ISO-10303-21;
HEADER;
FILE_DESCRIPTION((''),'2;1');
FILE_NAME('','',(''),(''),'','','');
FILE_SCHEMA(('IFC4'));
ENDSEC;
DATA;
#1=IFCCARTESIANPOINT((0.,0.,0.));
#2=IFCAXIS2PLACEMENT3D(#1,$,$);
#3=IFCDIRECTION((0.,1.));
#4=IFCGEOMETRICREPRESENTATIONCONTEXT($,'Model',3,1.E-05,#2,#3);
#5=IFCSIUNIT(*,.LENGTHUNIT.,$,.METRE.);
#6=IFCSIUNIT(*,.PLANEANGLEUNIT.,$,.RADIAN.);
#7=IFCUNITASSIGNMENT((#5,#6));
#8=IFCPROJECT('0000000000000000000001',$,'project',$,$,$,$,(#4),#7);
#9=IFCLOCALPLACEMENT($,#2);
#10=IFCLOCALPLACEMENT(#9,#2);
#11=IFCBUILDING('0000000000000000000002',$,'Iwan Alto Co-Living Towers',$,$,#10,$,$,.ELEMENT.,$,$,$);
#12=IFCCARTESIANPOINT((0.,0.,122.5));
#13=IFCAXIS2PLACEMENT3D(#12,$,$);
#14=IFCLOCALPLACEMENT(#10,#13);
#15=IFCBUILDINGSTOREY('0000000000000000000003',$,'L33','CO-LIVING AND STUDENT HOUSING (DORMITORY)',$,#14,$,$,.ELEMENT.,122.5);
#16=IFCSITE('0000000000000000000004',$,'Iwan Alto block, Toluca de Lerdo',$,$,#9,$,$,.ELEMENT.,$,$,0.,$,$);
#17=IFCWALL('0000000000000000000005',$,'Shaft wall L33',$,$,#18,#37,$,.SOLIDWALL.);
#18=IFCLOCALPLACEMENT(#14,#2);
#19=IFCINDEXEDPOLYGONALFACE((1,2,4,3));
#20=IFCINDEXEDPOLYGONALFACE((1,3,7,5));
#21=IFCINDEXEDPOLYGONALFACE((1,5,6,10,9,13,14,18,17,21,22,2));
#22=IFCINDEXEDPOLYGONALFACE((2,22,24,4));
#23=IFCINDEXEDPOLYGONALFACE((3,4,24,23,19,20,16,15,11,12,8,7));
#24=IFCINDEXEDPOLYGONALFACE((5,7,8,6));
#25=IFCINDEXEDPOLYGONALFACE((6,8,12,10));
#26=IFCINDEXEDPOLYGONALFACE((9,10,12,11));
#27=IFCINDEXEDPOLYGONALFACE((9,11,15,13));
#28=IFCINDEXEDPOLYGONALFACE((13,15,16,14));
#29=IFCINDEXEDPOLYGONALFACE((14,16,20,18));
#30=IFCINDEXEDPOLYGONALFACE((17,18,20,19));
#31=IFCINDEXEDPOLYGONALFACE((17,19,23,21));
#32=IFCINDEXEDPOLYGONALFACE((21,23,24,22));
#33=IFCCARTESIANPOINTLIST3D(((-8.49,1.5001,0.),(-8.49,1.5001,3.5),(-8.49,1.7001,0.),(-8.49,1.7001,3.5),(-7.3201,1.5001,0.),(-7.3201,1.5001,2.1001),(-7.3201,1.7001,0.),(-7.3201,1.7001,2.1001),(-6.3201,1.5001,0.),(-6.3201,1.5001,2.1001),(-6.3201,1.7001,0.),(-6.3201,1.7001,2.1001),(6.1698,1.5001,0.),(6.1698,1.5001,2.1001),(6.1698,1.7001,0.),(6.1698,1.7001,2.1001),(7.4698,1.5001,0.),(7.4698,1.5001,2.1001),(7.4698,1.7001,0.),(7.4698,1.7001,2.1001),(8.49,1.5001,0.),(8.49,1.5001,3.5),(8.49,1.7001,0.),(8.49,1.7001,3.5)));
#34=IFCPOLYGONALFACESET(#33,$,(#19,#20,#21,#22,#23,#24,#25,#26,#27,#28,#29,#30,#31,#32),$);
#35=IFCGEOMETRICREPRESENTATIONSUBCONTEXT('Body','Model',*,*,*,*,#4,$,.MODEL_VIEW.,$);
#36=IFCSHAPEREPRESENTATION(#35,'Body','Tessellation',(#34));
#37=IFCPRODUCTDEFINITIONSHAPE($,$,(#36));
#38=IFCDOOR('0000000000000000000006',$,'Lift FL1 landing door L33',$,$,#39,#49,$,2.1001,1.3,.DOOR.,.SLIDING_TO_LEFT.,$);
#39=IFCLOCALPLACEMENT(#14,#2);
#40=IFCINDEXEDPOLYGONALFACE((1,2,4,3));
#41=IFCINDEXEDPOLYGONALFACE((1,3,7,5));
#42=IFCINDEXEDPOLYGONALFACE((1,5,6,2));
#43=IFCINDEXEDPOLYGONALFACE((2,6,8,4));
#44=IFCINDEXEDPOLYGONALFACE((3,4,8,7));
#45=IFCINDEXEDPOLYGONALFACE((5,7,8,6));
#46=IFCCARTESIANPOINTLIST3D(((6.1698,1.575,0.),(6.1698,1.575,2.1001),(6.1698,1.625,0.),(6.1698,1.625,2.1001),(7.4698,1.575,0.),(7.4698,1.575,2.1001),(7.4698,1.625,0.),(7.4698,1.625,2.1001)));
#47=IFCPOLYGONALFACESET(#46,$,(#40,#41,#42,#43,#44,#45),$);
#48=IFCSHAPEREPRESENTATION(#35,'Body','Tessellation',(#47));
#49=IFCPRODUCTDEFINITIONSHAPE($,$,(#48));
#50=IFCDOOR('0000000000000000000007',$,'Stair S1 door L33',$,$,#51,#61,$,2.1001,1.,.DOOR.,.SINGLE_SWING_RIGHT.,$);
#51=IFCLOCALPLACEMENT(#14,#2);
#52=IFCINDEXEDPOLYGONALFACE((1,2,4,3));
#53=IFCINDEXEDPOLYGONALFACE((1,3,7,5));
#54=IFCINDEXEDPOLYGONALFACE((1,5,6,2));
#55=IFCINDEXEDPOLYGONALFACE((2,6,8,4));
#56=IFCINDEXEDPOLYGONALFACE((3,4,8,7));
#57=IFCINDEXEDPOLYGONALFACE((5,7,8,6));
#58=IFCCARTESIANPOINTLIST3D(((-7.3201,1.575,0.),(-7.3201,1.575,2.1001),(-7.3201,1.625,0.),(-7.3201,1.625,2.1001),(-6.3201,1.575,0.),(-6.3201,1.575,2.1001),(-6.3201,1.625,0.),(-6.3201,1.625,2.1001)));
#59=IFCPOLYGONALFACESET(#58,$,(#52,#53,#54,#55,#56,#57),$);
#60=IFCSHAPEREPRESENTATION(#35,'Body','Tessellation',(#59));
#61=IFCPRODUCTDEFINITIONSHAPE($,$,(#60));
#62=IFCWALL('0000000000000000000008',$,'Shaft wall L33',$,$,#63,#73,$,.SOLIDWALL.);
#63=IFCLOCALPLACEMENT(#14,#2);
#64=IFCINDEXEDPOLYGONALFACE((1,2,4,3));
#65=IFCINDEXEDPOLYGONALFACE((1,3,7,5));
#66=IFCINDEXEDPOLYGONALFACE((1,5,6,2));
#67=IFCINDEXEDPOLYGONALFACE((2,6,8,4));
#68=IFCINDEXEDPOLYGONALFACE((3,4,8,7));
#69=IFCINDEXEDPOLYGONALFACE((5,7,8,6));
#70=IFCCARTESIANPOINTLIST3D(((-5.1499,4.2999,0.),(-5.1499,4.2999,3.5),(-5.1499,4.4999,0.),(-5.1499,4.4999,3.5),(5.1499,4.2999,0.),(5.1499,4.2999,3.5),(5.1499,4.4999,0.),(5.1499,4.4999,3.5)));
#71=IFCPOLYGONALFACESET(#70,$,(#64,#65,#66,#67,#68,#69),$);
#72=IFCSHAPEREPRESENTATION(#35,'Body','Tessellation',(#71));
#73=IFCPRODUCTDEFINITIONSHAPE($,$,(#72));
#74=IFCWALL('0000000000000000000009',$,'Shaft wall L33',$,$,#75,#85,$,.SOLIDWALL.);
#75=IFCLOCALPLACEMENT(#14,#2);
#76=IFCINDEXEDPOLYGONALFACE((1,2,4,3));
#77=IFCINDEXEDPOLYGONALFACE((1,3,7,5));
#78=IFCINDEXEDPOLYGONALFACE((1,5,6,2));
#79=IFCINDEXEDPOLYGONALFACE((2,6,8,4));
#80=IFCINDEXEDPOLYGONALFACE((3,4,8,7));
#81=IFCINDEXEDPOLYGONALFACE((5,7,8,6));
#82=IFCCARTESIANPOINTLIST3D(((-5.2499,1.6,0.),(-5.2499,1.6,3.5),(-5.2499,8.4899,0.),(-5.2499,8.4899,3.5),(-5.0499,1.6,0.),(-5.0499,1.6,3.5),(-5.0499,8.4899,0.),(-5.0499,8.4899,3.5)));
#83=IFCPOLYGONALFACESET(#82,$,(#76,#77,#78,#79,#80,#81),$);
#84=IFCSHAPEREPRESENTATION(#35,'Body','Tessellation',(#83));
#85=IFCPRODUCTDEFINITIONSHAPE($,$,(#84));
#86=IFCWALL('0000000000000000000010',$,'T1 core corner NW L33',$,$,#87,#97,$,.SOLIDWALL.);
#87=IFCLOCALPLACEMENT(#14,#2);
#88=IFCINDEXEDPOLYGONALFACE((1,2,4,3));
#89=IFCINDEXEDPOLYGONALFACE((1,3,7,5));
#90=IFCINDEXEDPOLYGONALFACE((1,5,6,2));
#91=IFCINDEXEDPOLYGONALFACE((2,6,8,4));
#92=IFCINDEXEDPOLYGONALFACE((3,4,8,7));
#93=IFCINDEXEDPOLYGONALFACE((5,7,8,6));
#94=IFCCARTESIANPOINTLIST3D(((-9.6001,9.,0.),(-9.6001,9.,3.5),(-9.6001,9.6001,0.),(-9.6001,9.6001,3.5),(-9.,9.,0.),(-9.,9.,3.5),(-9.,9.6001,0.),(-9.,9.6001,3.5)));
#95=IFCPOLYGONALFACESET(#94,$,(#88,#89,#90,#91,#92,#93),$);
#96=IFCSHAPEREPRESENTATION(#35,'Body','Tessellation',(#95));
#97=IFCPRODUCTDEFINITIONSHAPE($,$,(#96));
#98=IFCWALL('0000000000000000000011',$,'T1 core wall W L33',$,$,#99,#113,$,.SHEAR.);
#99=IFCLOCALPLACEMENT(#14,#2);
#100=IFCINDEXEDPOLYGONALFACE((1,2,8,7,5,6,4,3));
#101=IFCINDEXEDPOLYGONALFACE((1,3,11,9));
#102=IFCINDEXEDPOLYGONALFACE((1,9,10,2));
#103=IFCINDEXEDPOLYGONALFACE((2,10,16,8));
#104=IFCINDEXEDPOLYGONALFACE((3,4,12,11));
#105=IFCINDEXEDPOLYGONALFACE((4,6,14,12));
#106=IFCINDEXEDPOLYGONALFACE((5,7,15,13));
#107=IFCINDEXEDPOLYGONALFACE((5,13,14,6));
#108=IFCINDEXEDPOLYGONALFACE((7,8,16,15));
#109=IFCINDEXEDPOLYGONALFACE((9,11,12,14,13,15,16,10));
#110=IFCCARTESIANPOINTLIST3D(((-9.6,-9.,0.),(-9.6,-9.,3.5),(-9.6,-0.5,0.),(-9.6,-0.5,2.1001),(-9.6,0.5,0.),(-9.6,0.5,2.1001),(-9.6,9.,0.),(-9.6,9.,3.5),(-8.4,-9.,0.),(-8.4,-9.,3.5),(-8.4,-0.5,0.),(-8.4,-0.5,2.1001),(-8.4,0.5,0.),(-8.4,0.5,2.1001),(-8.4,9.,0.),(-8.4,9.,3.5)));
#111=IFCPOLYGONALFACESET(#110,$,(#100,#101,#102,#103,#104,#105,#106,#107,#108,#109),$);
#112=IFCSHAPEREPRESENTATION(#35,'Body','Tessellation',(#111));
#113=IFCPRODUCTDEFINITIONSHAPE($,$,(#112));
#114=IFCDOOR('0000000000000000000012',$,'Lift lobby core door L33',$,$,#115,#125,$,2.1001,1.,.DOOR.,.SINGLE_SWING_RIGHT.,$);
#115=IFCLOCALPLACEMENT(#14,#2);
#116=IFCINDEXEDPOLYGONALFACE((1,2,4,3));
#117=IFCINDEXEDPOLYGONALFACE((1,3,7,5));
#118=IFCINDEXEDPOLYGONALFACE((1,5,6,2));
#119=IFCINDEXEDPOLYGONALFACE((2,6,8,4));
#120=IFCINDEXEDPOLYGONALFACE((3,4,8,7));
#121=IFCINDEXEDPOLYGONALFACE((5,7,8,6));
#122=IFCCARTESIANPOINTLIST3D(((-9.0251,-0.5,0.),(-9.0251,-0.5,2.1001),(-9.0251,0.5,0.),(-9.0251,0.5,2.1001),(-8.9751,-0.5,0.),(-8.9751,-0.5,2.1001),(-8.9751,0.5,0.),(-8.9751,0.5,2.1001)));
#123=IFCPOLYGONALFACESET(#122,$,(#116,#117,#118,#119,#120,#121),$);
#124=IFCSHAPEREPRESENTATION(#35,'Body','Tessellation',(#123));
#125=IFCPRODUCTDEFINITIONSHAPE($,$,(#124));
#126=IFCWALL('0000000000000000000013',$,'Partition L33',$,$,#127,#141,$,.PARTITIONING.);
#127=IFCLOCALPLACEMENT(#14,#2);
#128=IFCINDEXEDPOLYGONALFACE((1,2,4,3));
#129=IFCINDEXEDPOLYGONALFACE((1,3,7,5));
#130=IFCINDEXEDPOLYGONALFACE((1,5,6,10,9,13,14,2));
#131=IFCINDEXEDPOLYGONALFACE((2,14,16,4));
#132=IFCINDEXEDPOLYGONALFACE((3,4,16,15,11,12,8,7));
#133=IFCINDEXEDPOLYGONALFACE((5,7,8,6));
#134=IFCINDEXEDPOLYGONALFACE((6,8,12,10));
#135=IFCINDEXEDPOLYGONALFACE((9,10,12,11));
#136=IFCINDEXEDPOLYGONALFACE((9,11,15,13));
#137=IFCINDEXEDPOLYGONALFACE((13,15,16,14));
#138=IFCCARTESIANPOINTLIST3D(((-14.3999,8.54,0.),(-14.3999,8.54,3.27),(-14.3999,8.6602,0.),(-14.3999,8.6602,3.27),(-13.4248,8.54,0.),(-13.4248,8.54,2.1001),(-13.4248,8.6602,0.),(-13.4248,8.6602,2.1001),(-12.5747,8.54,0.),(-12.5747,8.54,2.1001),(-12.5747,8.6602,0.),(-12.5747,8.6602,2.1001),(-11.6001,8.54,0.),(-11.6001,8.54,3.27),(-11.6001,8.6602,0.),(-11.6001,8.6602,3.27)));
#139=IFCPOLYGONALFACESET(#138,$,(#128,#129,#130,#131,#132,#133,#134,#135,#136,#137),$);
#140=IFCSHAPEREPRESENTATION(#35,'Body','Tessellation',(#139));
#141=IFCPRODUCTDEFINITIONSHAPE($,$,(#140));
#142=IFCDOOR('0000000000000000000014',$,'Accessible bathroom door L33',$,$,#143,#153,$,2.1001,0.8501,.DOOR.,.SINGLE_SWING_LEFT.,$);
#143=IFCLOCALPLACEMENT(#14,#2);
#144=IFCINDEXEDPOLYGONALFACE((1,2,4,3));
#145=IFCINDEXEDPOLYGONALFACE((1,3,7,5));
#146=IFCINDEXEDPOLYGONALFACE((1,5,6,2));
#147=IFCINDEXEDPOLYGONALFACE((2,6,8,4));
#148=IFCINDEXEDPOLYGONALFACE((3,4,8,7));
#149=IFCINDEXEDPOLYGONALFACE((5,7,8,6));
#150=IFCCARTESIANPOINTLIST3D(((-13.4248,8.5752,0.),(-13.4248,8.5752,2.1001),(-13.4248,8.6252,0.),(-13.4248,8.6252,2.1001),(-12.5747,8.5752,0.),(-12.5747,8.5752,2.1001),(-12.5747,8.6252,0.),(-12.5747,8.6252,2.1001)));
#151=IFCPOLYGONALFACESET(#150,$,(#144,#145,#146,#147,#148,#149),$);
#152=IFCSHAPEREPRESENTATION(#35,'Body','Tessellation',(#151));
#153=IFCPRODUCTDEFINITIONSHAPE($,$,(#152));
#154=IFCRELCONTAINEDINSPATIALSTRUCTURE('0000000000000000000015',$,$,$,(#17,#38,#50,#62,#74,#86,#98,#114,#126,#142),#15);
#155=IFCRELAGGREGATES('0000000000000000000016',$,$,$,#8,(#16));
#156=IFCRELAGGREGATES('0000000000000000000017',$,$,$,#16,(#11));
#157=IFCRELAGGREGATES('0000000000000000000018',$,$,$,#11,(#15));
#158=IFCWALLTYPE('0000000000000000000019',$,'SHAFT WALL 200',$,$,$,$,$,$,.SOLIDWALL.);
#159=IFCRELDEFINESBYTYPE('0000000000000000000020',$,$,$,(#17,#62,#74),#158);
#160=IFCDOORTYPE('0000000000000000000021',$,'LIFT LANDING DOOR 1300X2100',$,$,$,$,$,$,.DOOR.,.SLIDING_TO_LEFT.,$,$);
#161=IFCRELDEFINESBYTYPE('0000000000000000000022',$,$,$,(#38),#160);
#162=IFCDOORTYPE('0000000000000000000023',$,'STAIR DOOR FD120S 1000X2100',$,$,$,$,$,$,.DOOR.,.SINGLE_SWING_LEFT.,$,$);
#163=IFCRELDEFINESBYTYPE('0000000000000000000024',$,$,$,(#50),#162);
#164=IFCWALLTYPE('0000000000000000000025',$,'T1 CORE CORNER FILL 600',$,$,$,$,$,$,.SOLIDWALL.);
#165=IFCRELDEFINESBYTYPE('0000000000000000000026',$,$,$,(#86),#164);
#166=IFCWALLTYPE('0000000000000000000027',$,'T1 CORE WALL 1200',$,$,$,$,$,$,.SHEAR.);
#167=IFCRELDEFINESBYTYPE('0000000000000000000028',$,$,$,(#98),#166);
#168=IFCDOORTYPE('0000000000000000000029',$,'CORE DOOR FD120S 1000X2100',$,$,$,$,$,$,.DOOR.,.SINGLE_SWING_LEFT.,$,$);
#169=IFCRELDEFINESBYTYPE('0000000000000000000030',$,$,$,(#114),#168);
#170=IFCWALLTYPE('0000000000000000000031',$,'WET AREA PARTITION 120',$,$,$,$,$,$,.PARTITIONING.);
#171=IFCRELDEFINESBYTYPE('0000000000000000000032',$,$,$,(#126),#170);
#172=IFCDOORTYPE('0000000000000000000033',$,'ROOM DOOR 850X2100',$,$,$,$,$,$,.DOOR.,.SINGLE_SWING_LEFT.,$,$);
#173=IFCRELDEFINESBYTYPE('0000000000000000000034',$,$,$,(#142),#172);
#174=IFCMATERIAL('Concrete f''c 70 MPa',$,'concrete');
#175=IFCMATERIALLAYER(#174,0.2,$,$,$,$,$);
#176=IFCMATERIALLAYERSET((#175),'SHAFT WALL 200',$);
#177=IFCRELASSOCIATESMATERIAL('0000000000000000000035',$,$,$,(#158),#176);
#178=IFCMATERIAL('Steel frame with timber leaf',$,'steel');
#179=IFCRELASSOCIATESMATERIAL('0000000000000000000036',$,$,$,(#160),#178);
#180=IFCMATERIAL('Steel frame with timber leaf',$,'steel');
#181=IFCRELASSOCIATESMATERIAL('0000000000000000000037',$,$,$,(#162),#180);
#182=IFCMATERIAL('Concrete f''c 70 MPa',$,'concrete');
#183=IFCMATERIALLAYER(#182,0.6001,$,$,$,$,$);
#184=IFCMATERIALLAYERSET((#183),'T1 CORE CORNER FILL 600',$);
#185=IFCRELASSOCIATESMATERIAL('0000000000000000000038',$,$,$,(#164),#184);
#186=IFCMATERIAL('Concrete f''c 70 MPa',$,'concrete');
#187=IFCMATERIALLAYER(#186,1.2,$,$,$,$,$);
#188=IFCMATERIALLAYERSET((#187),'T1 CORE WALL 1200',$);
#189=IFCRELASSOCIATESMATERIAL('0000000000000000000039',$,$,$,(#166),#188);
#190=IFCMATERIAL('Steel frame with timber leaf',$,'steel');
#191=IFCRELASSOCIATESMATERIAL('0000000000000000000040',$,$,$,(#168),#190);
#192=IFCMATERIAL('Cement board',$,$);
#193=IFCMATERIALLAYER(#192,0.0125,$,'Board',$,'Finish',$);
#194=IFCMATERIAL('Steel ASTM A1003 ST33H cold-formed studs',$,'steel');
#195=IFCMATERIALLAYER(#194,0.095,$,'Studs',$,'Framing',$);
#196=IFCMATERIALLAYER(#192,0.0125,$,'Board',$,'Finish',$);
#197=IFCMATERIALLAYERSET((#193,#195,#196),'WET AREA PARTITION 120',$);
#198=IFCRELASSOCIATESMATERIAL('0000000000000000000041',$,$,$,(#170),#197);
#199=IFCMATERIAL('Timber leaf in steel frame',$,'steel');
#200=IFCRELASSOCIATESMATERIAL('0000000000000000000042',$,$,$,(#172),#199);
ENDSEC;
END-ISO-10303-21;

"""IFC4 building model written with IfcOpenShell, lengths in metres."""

from ifc_helpers import new_model, si_unit, direction, frame, frame_2d, origin, place, context, subcontext, project, spatial, rectangle, extrude, material, layer, layer_set, type_object, element, fill, save


model = new_model("IFC4")

# Units and contexts
model_context = context("Model", 3, precision=1e-05, world=origin(), true_north=direction((0.0, 1.0)))
body_context = subcontext(model_context, "Body", "Model", "MODEL_VIEW")
ifc_project = project(units=[si_unit("LENGTHUNIT", "METRE"), si_unit("PLANEANGLEUNIT", "RADIAN")], contexts=[model_context])

# Site, building, storey
site_placement = place(None, origin())
site = spatial("IfcSite", under=ifc_project, at=site_placement, Name="Iwan Alto block, Toluca de Lerdo", CompositionType="ELEMENT", RefElevation=0.0)
building_placement = place(site_placement, origin())
building = spatial("IfcBuilding", under=site, at=building_placement, Name="Iwan Alto Co-Living Towers", CompositionType="ELEMENT")
storey_placement = place(building_placement, frame((0.0, 0.0, 122.5)))
storey = spatial("IfcBuildingStorey", under=building, at=storey_placement, Name="L33", Description="CO-LIVING AND STUDENT HOUSING (DORMITORY)", CompositionType="ELEMENT", Elevation=122.5)

# Shared definitions
ifc_material_1 = material(Name="Steel ASTM A1003 ST33H cold-formed studs", Category="steel")

# Wall, openings, doors
ifc_material_2 = material(Name="Concrete f'c 70 MPa", Category="concrete")
ifc_layer_1 = layer(ifc_material_2, 0.2)
ifc_layer_set_1 = layer_set([ifc_layer_1], Name="SHAFT WALL 200")
wall_type_1 = type_object("IfcWallType", Name="SHAFT WALL 200", PredefinedType="SOLIDWALL", material=ifc_layer_set_1)
wall_1_placement = place(storey_placement, frame((-8.49, 1.6001, 0.0), z_axis=(0.0, 0.0, 1.0), x_axis=(1.0, 0.0, 0.0)))
wall_1 = element("IfcWall", 1, at=wall_1_placement, inside=storey, type_object=wall_type_1, Name="Shaft wall L33", PredefinedType="SOLIDWALL", context=body_context, shape_type="SweptSolid", body=[
    extrude(rectangle(XDim=16.98, YDim=0.2, at=frame_2d((8.49, 0.0))), origin(), (0.0, 0.0, 1.0), 3.5),
])
opening_1_placement = place(wall_1_placement, frame((1.1699, 0.0, 0.0)))
opening_1 = element("IfcOpeningElement", 2, at=opening_1_placement, cuts=wall_1, PredefinedType="OPENING", context=body_context, shape_type="SweptSolid", body=[
    extrude(rectangle(XDim=1.0, YDim=2.1001, at=frame_2d((0.5, 1.05))), frame((0.0, 0.1099, 0.0), z_axis=(0.0, -1.0, 0.0), x_axis=(1.0, 0.0, 0.0)), (0.0, 0.0, 1.0), 0.22),
])
opening_2_placement = place(wall_1_placement, frame((14.6599, 0.0, 0.0)))
opening_2 = element("IfcOpeningElement", 3, at=opening_2_placement, cuts=wall_1, PredefinedType="OPENING", context=body_context, shape_type="SweptSolid", body=[
    extrude(rectangle(XDim=1.3, YDim=2.1001, at=frame_2d((0.6499, 1.05))), frame((0.0, 0.1099, 0.0), z_axis=(0.0, -1.0, 0.0), x_axis=(1.0, 0.0, 0.0)), (0.0, 0.0, 1.0), 0.22),
])
ifc_material_3 = material(Name="Steel frame with timber leaf", Category="steel")
door_type_1 = type_object("IfcDoorType", Name="LIFT LANDING DOOR 1300X2100", OperationType="SLIDING_TO_LEFT", PredefinedType="DOOR", material=ifc_material_3)
door_1_placement = place(opening_2_placement, origin())
door_1 = element("IfcDoor", 4, at=door_1_placement, inside=storey, type_object=door_type_1, Name="Lift FL1 landing door L33", OperationType="SLIDING_TO_LEFT", OverallHeight=2.1001, OverallWidth=1.3, PredefinedType="DOOR", context=body_context, shape_type="SweptSolid", body=[
    extrude(rectangle(XDim=1.3, YDim=2.1001, at=frame_2d((0.6499, 1.05))), frame((0.0, 0.0249, 0.0), z_axis=(0.0, -1.0, 0.0), x_axis=(1.0, 0.0, 0.0)), (0.0, 0.0, 1.0), 0.05),
])
fill(opening_2, door_1)
ifc_material_4 = material(Name="Steel frame with timber leaf", Category="steel")
door_type_2 = type_object("IfcDoorType", Name="STAIR DOOR FD120S 1000X2100", OperationType="SINGLE_SWING_LEFT", PredefinedType="DOOR", material=ifc_material_4)
door_2_placement = place(opening_1_placement, origin())
door_2 = element("IfcDoor", 5, at=door_2_placement, inside=storey, type_object=door_type_2, Name="Stair S1 door L33", OperationType="SINGLE_SWING_RIGHT", OverallHeight=2.1001, OverallWidth=1.0, PredefinedType="DOOR", context=body_context, shape_type="SweptSolid", body=[
    extrude(rectangle(XDim=1.0, YDim=2.1001, at=frame_2d((0.5, 1.05))), frame((0.0, 0.0249, 0.0), z_axis=(0.0, -1.0, 0.0), x_axis=(1.0, 0.0, 0.0)), (0.0, 0.0, 1.0), 0.05),
])
fill(opening_1, door_2)

# Walls
wall_2_placement = place(storey_placement, frame((-5.1499, 4.3999, 0.0), z_axis=(0.0, 0.0, 1.0), x_axis=(1.0, 0.0, 0.0)))
element("IfcWall", 6, at=wall_2_placement, inside=storey, type_object=wall_type_1, Name="Shaft wall L33", PredefinedType="SOLIDWALL", context=body_context, shape_type="SweptSolid", body=[
    extrude(rectangle(XDim=10.2998, YDim=0.2, at=frame_2d((5.1499, 0.0))), origin(), (0.0, 0.0, 1.0), 3.5),
])
wall_3_placement = place(storey_placement, frame((-5.1499, 1.6001, 0.0), z_axis=(0.0, 0.0, 1.0), x_axis=(0.0, 1.0, 0.0)))
element("IfcWall", 7, at=wall_3_placement, inside=storey, type_object=wall_type_1, Name="Shaft wall L33", PredefinedType="SOLIDWALL", context=body_context, shape_type="SweptSolid", body=[
    extrude(rectangle(XDim=6.8899, YDim=0.2, at=frame_2d((3.4448, 0.0))), origin(), (0.0, 0.0, 1.0), 3.5),
])
ifc_material_5 = material(Name="Concrete f'c 70 MPa", Category="concrete")
ifc_layer_2 = layer(ifc_material_5, 0.6001)
ifc_layer_set_2 = layer_set([ifc_layer_2], Name="T1 CORE CORNER FILL 600")
wall_type_2 = type_object("IfcWallType", Name="T1 CORE CORNER FILL 600", PredefinedType="SOLIDWALL", material=ifc_layer_set_2)
wall_4_placement = place(storey_placement, frame((-9.6001, 9.3, 0.0), z_axis=(0.0, 0.0, 1.0), x_axis=(1.0, 0.0, 0.0)))
element("IfcWall", 8, at=wall_4_placement, inside=storey, type_object=wall_type_2, Name="T1 core corner NW L33", PredefinedType="SOLIDWALL", context=body_context, shape_type="SweptSolid", body=[
    extrude(rectangle(XDim=0.6001, YDim=0.6001, at=frame_2d((0.3, 0.0))), origin(), (0.0, 0.0, 1.0), 3.5),
])

# Walls, openings, doors
ifc_material_6 = material(Name="Concrete f'c 70 MPa", Category="concrete")
ifc_layer_3 = layer(ifc_material_6, 1.2)
ifc_layer_set_3 = layer_set([ifc_layer_3], Name="T1 CORE WALL 1200")
wall_type_3 = type_object("IfcWallType", Name="T1 CORE WALL 1200", PredefinedType="SHEAR", material=ifc_layer_set_3)
wall_5_placement = place(storey_placement, frame((-9.0, 9.0, 0.0), z_axis=(0.0, 0.0, 1.0), x_axis=(0.0, -1.0, 0.0)))
wall_5 = element("IfcWall", 9, at=wall_5_placement, inside=storey, type_object=wall_type_3, Name="T1 core wall W L33", PredefinedType="SHEAR", context=body_context, shape_type="SweptSolid", body=[
    extrude(rectangle(XDim=18.0, YDim=1.2, at=frame_2d((9.0, 0.0))), origin(), (0.0, 0.0, 1.0), 3.5),
])
opening_3_placement = place(wall_5_placement, frame((8.5, 0.0, 0.0)))
opening_3 = element("IfcOpeningElement", 10, at=opening_3_placement, cuts=wall_5, PredefinedType="OPENING", context=body_context, shape_type="SweptSolid", body=[
    extrude(rectangle(XDim=1.0, YDim=2.1001, at=frame_2d((0.5, 1.05))), frame((0.0, 0.6099, 0.0), z_axis=(0.0, -1.0, 0.0), x_axis=(1.0, 0.0, 0.0)), (0.0, 0.0, 1.0), 1.22),
])
ifc_material_7 = material(Name="Steel frame with timber leaf", Category="steel")
door_type_3 = type_object("IfcDoorType", Name="CORE DOOR FD120S 1000X2100", OperationType="SINGLE_SWING_LEFT", PredefinedType="DOOR", material=ifc_material_7)
door_3_placement = place(opening_3_placement, origin())
door_3 = element("IfcDoor", 11, at=door_3_placement, inside=storey, type_object=door_type_3, Name="Lift lobby core door L33", OperationType="SINGLE_SWING_RIGHT", OverallHeight=2.1001, OverallWidth=1.0, PredefinedType="DOOR", context=body_context, shape_type="SweptSolid", body=[
    extrude(rectangle(XDim=1.0, YDim=2.1001, at=frame_2d((0.5, 1.05))), frame((0.0, 0.0249, 0.0), z_axis=(0.0, -1.0, 0.0), x_axis=(1.0, 0.0, 0.0)), (0.0, 0.0, 1.0), 0.05),
])
fill(opening_3, door_3)
ifc_material_8 = material(Name="Cement board")
ifc_layer_4 = layer(ifc_material_8, 0.0125, Name="Board", Category="Finish")
ifc_layer_5 = layer(ifc_material_1, 0.095, Name="Studs", Category="Framing")
ifc_layer_6 = layer(ifc_material_8, 0.0125, Name="Board", Category="Finish")
ifc_layer_set_4 = layer_set([ifc_layer_4, ifc_layer_5, ifc_layer_6], Name="WET AREA PARTITION 120")
wall_type_4 = type_object("IfcWallType", Name="WET AREA PARTITION 120", PredefinedType="PARTITIONING", material=ifc_layer_set_4)
wall_6_placement = place(storey_placement, frame((-14.3999, 8.6001, 0.0), z_axis=(0.0, 0.0, 1.0), x_axis=(1.0, 0.0, 0.0)))
wall_6 = element("IfcWall", 12, at=wall_6_placement, inside=storey, type_object=wall_type_4, Name="Partition L33", PredefinedType="PARTITIONING", context=body_context, shape_type="SweptSolid", body=[
    extrude(rectangle(XDim=2.7998, YDim=0.1201, at=frame_2d((1.3999, 0.0))), origin(), (0.0, 0.0, 1.0), 3.27),
])
opening_4_placement = place(wall_6_placement, frame((0.9751, 0.0, 0.0)))
opening_4 = element("IfcOpeningElement", 13, at=opening_4_placement, cuts=wall_6, PredefinedType="OPENING", context=body_context, shape_type="SweptSolid", body=[
    extrude(rectangle(XDim=0.8501, YDim=2.1001, at=frame_2d((0.425, 1.05))), frame((0.0, 0.0701, 0.0), z_axis=(0.0, -1.0, 0.0), x_axis=(1.0, 0.0, 0.0)), (0.0, 0.0, 1.0), 0.1401),
])
ifc_material_9 = material(Name="Timber leaf in steel frame", Category="steel")
door_type_4 = type_object("IfcDoorType", Name="ROOM DOOR 850X2100", OperationType="SINGLE_SWING_LEFT", PredefinedType="DOOR", material=ifc_material_9)
door_4_placement = place(opening_4_placement, frame((0.8501, 0.0, 0.0), z_axis=(0.0, 0.0, 1.0), x_axis=(-1.0, 0.0, 0.0)))
door_4 = element("IfcDoor", 14, at=door_4_placement, inside=storey, type_object=door_type_4, Name="Accessible bathroom door L33", OperationType="SINGLE_SWING_LEFT", OverallHeight=2.1001, OverallWidth=0.8501, PredefinedType="DOOR", context=body_context, shape_type="SweptSolid", body=[
    extrude(rectangle(XDim=0.8501, YDim=2.1001, at=frame_2d((0.425, 1.05))), frame((0.0, 0.0249, 0.0), z_axis=(0.0, -1.0, 0.0), x_axis=(1.0, 0.0, 0.0)), (0.0, 0.0, 1.0), 0.05),
])
fill(opening_4, door_4)

save(model, "model.ifc")
